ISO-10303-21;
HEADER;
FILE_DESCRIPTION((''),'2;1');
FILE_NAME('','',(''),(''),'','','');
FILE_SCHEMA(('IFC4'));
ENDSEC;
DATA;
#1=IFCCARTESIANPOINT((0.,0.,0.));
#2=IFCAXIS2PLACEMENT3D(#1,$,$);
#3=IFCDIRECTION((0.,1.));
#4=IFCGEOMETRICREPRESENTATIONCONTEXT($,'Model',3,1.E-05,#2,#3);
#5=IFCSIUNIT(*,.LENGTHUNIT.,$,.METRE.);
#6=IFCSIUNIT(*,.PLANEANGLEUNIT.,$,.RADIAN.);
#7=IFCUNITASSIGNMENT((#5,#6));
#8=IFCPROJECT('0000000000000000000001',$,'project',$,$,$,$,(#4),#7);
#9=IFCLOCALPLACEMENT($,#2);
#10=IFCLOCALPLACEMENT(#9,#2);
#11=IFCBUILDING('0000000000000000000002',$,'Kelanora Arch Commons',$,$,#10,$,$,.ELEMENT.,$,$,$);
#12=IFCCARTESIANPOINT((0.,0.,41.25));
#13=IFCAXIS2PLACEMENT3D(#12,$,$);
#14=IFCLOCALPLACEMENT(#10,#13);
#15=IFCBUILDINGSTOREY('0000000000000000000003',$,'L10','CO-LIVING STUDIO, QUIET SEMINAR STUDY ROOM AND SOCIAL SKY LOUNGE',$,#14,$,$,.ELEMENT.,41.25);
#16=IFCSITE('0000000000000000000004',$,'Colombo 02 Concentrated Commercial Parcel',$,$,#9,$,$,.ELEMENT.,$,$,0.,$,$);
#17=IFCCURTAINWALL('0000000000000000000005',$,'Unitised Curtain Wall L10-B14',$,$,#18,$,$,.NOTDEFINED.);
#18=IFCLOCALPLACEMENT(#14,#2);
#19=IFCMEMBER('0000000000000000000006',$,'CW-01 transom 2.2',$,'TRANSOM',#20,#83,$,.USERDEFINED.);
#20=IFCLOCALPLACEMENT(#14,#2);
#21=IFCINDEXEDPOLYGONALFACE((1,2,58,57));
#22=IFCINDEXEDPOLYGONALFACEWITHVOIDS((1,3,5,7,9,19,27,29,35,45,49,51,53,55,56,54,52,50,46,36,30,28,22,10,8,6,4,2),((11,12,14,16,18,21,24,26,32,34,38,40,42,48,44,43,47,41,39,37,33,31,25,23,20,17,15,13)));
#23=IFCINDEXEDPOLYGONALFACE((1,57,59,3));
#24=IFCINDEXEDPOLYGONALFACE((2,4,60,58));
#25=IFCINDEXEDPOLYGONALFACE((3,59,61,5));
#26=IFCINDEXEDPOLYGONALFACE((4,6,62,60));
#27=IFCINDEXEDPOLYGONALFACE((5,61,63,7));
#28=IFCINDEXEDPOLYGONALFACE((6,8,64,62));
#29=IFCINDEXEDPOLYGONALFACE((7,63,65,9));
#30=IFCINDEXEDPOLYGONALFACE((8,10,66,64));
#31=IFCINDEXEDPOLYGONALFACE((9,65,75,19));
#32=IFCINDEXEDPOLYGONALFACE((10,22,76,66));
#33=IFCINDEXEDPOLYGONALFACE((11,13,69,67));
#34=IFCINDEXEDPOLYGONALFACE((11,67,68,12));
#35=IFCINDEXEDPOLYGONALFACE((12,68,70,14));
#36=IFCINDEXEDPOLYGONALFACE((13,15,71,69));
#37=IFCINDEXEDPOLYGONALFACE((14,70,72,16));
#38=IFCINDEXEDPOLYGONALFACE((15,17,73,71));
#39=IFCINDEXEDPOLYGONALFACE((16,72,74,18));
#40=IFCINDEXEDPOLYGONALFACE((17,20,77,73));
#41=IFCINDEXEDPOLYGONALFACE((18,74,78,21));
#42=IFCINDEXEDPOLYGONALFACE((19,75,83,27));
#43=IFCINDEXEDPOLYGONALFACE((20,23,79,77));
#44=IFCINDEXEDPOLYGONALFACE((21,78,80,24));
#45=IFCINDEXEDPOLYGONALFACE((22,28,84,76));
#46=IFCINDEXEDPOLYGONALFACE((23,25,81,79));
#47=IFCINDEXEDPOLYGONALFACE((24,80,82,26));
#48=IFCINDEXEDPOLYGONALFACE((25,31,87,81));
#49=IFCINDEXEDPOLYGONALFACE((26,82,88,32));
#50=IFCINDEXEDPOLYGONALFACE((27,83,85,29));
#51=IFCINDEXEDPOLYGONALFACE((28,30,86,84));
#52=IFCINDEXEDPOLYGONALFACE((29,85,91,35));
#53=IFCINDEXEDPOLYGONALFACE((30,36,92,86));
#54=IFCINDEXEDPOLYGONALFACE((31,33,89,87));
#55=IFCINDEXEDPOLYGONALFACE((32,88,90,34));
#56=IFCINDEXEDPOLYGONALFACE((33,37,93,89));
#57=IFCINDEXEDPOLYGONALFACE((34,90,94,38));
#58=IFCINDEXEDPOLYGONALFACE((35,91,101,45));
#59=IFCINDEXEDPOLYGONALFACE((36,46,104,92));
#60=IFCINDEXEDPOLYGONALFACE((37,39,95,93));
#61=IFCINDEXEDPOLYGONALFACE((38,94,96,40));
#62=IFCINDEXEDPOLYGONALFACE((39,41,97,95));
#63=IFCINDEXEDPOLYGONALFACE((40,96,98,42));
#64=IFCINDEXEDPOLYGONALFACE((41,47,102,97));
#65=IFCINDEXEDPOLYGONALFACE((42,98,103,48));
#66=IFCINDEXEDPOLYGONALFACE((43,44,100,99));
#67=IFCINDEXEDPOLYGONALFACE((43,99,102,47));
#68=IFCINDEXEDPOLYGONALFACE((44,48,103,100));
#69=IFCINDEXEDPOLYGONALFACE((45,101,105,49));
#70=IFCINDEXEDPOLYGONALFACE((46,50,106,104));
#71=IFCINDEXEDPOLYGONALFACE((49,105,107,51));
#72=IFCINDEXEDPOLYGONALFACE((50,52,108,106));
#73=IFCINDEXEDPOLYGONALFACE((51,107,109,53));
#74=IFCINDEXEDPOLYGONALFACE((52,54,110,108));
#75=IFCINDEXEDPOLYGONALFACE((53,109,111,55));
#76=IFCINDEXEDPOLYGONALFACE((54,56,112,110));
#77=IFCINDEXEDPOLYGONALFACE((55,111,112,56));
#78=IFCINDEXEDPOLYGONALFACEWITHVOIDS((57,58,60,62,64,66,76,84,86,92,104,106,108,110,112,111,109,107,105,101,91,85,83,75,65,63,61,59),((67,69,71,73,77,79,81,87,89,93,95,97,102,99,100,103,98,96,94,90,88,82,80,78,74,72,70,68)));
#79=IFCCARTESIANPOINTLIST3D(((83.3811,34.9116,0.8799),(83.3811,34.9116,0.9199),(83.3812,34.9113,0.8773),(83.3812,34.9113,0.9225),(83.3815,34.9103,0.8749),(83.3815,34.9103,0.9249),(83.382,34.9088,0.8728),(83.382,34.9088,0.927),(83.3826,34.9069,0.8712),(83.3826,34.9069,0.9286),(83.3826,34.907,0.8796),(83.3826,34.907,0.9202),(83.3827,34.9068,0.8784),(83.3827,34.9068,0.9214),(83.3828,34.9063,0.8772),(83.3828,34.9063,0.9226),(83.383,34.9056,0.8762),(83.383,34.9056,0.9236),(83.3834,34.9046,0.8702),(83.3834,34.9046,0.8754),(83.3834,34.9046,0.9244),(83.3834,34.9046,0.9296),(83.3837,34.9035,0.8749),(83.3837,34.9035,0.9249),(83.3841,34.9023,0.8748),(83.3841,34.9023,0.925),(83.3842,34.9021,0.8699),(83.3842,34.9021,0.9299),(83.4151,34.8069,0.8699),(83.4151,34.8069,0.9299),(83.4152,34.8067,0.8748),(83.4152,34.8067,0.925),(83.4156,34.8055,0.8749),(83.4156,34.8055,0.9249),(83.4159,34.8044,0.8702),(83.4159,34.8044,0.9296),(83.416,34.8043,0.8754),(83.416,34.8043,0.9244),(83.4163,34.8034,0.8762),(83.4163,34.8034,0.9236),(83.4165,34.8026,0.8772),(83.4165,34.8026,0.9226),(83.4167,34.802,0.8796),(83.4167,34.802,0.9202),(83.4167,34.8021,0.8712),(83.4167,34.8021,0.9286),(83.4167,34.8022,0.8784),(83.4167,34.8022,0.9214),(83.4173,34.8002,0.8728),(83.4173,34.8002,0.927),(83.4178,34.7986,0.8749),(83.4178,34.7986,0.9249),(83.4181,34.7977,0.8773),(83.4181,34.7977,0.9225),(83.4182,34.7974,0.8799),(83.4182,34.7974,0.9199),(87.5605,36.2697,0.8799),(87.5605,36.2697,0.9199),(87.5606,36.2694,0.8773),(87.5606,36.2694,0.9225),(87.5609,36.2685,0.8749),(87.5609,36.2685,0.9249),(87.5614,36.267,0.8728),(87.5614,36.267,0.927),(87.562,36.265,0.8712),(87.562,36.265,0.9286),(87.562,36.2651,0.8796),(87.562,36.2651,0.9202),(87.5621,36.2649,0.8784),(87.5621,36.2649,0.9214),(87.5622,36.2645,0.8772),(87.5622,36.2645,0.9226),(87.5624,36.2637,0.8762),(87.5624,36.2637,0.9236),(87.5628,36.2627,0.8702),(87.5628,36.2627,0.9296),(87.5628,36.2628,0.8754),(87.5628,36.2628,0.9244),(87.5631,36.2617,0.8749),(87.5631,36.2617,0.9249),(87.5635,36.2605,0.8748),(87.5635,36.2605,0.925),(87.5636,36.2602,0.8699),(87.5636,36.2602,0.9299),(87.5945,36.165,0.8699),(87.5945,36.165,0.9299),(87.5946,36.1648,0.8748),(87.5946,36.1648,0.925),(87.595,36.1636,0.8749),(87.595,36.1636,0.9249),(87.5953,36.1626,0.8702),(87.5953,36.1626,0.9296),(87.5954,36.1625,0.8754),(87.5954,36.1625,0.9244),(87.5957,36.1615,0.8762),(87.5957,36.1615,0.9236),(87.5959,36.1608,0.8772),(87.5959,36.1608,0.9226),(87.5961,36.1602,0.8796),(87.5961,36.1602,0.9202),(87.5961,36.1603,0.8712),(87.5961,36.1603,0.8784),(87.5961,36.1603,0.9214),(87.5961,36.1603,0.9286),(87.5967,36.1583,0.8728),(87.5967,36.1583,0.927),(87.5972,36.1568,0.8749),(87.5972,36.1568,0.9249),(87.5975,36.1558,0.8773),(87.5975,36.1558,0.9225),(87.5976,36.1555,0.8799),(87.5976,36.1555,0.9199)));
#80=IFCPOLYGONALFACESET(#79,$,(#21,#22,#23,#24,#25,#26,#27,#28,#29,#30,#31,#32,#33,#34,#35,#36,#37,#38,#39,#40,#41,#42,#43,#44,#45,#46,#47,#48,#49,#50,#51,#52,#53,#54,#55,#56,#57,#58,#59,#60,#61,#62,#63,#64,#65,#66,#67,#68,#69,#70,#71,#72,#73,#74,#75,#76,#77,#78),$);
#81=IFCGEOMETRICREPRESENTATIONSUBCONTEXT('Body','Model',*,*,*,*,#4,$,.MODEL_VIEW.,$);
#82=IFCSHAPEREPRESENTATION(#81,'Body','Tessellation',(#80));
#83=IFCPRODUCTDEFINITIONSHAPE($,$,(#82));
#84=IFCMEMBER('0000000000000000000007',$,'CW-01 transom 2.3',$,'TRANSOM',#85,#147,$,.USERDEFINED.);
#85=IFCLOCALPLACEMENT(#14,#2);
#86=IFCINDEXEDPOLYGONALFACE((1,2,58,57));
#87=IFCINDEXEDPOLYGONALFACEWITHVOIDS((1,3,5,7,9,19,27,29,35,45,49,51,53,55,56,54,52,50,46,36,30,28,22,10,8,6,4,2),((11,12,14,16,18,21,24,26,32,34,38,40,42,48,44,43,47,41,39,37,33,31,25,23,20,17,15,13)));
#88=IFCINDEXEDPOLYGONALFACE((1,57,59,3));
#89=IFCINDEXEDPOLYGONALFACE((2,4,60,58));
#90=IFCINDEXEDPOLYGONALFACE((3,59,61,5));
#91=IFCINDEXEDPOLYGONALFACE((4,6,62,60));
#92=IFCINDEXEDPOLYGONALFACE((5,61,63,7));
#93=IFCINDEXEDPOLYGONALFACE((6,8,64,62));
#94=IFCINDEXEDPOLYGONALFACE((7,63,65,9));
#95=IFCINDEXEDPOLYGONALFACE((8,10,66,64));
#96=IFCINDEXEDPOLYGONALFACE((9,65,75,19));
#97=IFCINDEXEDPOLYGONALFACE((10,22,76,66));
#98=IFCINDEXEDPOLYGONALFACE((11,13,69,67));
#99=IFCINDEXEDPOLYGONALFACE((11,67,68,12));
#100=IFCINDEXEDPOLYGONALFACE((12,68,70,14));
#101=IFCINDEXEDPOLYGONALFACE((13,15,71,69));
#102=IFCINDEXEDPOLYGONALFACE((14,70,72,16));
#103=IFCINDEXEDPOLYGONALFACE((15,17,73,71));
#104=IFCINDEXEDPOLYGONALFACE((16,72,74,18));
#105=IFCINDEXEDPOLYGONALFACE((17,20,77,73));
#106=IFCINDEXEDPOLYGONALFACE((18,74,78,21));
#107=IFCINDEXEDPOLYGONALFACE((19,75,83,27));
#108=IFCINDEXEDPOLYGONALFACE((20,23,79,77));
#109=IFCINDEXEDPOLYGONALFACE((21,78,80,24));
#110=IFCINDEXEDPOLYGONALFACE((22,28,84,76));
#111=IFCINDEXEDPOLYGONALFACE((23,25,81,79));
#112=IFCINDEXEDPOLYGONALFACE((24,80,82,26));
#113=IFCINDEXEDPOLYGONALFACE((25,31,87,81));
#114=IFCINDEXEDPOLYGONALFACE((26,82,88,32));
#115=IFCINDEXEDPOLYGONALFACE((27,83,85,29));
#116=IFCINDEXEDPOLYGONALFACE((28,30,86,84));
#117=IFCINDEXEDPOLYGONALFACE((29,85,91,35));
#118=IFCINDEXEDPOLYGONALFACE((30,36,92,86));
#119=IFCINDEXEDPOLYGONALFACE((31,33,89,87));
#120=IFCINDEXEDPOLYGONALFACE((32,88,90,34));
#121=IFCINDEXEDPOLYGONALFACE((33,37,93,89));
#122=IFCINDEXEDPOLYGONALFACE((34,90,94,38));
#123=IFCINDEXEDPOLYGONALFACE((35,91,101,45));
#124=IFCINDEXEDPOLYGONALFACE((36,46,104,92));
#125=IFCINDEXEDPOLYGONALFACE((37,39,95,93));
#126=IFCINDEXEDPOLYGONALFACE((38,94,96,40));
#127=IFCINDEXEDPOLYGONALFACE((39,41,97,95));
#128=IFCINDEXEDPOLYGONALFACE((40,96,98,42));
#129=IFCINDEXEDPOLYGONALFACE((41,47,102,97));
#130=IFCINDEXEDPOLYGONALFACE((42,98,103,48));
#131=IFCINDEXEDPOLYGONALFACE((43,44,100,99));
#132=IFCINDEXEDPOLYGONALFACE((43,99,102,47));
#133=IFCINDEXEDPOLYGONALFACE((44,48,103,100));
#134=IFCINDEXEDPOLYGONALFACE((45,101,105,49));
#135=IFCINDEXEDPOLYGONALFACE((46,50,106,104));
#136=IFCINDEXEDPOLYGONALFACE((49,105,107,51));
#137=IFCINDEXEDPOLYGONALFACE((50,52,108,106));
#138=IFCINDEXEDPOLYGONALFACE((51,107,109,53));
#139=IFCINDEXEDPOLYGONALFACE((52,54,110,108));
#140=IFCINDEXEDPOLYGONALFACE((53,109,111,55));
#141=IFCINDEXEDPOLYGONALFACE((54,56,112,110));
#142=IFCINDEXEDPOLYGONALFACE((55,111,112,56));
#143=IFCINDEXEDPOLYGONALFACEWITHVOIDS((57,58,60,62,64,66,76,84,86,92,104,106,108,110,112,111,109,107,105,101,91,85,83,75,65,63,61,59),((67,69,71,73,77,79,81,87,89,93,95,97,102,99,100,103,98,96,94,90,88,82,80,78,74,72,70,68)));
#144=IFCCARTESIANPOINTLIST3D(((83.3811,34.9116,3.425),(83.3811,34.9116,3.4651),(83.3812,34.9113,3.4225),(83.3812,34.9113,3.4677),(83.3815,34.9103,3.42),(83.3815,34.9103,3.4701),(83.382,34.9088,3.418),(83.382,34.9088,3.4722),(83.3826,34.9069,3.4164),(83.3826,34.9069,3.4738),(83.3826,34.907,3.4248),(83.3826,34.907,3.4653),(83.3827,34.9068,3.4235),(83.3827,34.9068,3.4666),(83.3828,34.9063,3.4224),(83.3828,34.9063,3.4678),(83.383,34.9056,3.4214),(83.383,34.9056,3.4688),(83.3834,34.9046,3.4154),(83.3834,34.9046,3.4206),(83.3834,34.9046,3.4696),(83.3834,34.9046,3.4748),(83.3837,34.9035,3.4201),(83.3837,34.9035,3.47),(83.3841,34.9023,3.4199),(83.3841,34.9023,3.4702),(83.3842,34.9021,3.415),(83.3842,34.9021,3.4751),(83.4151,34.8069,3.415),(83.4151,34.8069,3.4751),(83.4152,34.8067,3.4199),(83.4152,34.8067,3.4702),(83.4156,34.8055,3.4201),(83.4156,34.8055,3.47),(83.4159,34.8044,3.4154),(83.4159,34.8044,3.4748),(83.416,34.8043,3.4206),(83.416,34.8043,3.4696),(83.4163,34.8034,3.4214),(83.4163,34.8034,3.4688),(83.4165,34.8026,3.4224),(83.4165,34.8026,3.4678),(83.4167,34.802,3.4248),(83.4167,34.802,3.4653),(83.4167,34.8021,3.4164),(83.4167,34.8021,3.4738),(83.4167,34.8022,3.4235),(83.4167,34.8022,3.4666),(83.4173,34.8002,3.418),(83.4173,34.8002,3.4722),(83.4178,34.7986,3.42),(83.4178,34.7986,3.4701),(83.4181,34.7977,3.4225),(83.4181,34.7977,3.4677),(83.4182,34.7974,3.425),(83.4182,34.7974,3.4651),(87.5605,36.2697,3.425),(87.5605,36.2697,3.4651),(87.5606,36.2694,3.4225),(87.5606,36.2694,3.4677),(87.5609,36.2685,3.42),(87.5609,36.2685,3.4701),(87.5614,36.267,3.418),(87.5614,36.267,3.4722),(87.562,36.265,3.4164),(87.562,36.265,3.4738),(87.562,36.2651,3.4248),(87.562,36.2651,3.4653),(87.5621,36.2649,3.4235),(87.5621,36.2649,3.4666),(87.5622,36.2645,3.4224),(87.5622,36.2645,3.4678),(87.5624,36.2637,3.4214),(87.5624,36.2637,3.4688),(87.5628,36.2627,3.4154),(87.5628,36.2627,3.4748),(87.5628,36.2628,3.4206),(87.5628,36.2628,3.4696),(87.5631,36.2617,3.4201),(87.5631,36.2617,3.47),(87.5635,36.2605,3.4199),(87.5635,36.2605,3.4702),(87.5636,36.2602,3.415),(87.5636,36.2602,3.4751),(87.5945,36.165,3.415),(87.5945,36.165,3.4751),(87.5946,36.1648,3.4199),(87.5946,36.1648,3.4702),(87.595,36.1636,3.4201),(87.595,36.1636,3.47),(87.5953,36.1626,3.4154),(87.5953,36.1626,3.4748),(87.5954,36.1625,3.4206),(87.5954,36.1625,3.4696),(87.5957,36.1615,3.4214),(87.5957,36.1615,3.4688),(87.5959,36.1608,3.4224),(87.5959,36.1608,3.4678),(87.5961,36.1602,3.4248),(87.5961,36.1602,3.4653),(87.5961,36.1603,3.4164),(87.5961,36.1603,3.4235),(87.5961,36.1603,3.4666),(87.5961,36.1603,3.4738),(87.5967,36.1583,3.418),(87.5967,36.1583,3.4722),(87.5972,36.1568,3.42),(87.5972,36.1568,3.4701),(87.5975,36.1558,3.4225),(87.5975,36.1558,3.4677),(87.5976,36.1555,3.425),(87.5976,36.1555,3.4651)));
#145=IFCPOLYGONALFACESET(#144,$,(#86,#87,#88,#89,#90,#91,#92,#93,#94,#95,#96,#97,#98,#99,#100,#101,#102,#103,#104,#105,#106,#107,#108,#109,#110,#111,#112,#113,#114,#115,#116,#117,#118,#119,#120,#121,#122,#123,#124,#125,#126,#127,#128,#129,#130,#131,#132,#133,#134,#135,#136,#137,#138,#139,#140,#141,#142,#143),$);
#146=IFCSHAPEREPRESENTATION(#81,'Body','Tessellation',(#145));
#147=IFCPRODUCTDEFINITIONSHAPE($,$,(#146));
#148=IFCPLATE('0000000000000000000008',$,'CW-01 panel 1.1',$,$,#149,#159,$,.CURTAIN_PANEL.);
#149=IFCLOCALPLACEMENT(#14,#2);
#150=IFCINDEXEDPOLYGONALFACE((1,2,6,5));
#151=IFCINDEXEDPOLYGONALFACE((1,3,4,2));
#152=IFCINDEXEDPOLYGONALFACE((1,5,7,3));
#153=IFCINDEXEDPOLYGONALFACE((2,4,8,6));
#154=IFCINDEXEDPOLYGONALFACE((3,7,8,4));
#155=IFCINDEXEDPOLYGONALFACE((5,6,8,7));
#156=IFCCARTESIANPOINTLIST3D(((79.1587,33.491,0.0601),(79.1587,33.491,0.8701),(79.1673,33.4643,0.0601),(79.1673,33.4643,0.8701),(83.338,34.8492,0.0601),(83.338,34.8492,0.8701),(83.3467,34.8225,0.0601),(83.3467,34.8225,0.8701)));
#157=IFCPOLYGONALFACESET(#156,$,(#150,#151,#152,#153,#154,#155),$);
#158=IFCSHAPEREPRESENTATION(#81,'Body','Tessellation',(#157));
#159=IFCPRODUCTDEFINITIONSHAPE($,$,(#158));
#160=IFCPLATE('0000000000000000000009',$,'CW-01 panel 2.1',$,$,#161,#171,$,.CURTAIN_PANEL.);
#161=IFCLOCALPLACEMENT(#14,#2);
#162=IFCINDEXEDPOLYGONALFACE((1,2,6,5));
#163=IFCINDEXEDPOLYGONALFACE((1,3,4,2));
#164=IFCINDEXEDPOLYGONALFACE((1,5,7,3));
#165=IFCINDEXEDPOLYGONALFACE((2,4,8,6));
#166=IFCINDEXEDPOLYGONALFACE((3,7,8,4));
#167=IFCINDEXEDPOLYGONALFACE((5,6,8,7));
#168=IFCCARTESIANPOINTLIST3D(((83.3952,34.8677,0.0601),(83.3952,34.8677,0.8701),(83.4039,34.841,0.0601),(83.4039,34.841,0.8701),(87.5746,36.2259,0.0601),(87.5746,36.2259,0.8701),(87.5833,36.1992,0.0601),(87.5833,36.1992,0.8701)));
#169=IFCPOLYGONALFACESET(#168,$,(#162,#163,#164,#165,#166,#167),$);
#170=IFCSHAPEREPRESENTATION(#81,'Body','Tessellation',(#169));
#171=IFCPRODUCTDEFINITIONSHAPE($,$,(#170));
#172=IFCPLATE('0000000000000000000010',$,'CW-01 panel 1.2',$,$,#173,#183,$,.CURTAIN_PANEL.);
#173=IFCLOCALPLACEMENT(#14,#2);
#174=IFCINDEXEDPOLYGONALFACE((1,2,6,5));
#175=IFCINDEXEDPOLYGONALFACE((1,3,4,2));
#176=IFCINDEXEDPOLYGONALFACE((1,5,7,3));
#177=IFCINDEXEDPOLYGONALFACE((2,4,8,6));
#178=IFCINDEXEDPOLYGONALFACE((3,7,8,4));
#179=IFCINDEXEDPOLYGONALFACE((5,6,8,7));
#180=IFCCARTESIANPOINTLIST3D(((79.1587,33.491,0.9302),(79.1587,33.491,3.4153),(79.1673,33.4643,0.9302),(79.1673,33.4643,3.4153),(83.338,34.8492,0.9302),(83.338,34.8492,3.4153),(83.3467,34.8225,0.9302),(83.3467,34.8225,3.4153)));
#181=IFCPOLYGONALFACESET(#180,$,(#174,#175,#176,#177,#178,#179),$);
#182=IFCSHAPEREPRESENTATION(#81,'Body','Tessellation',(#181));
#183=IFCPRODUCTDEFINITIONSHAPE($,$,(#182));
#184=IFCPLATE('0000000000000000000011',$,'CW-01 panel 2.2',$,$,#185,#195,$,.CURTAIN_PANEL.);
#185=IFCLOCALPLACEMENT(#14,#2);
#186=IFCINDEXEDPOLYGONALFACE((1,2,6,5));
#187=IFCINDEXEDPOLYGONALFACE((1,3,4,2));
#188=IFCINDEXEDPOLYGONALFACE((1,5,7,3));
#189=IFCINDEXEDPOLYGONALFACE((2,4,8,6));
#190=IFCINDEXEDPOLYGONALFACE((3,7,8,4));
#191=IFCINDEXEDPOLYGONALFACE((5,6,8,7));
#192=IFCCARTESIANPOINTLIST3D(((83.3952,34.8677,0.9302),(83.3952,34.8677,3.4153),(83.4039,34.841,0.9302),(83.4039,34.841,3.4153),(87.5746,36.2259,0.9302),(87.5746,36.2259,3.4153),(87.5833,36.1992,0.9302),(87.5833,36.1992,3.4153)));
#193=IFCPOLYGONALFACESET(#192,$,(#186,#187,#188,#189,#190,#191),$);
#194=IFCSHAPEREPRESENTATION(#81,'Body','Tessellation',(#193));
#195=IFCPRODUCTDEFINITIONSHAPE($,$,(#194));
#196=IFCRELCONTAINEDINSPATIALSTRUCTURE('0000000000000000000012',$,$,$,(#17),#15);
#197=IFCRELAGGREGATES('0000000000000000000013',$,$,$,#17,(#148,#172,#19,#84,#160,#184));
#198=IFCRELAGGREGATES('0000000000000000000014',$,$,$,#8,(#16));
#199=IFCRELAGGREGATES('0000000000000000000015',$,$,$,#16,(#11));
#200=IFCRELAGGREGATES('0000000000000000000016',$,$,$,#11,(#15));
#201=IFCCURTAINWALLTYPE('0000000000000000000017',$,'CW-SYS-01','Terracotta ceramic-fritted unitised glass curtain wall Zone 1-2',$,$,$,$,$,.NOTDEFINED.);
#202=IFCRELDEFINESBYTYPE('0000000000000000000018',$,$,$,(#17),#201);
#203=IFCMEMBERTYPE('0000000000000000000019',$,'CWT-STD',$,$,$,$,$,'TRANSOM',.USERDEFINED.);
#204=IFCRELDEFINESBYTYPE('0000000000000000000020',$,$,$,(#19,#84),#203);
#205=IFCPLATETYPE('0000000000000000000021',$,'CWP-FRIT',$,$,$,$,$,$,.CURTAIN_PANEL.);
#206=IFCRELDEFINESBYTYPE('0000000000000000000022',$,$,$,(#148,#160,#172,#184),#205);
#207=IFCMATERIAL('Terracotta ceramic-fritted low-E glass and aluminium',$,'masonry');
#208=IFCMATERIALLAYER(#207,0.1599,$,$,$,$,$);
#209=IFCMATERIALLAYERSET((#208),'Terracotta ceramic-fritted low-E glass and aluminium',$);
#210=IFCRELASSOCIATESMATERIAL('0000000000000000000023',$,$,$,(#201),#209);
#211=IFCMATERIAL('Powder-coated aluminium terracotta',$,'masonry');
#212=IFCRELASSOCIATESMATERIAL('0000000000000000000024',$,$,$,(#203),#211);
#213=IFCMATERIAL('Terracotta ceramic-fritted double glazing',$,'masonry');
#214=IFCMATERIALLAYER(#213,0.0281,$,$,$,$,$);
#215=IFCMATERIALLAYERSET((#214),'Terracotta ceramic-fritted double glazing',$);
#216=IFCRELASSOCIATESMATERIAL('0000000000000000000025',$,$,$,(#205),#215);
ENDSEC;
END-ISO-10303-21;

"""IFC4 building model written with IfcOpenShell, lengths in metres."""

from ifc_helpers import new_model, si_unit, direction, frame, origin, origin_2d, place, context, subcontext, project, spatial, rectangle, hollow_rectangle, extrude, source, transform, mapped, material, layer, layer_set, material_profile, profile_set, type_object, element, aggregate, save


model = new_model("IFC4")

# Units and contexts
model_context = context("Model", 3, precision=1e-05, world=origin(), true_north=direction((0.0, 1.0)))
body_context = subcontext(model_context, "Body", "Model", "MODEL_VIEW")
ifc_project = project(units=[si_unit("LENGTHUNIT", "METRE"), si_unit("PLANEANGLEUNIT", "RADIAN")], contexts=[model_context])

# Site, building, storey
site_placement = place(None, origin())
site = spatial("IfcSite", under=ifc_project, at=site_placement, Name="Colombo 02 Concentrated Commercial Parcel", CompositionType="ELEMENT", RefElevation=0.0)
building_placement = place(site_placement, origin())
building = spatial("IfcBuilding", under=site, at=building_placement, Name="Kelanora Arch Commons", CompositionType="ELEMENT")
storey_placement = place(building_placement, frame((0.0, 0.0, 41.25)))
storey = spatial("IfcBuildingStorey", under=building, at=storey_placement, Name="L10", Description="CO-LIVING STUDIO, QUIET SEMINAR STUDY ROOM AND SOCIAL SKY LOUNGE", CompositionType="ELEMENT", Elevation=41.25)

# Curtain wall, members, plates
ifc_material_1 = material(Name="Terracotta ceramic-fritted low-E glass and aluminium", Category="masonry")
ifc_layer_1 = layer(ifc_material_1, 0.1599)
ifc_layer_set_1 = layer_set([ifc_layer_1], Name="Terracotta ceramic-fritted low-E glass and aluminium")
curtain_wall_type = type_object("IfcCurtainWallType", Name="CW-SYS-01", Description="Terracotta ceramic-fritted unitised glass curtain wall Zone 1-2", PredefinedType="NOTDEFINED", material=ifc_layer_set_1)
curtain_wall_placement = place(storey_placement, origin())
curtain_wall = element("IfcCurtainWall", 1, at=curtain_wall_placement, inside=storey, type_object=curtain_wall_type, Name="Unitised Curtain Wall L10-B14", PredefinedType="NOTDEFINED")
ifc_material_2 = material(Name="Powder-coated aluminium terracotta", Category="masonry")
ifc_material_profile_1 = material_profile(ifc_material_2, hollow_rectangle(XDim=0.1201, YDim=0.0601, WallThickness=0.0049, InnerFilletRadius=0.0049, OuterFilletRadius=0.01, at=origin_2d()), Name="CWT120x60")
ifc_profile_set_1 = profile_set([ifc_material_profile_1], Name="Powder-coated aluminium terracotta")
member_type_1 = type_object("IfcMemberType", Name="CWT-STD", ElementType="TRANSOM", PredefinedType="USERDEFINED", material=ifc_profile_set_1)
member_1_placement = place(storey_placement, frame((83.3997, 34.8545, 0.8999), z_axis=(0.951045, 0.309052, 0.0), x_axis=(-0.309052, 0.951045, 0.0)))
member_1 = element("IfcMember", 2, at=member_1_placement, type_object=member_type_1, Name="CW-01 transom 2.2", ObjectType="TRANSOM", PredefinedType="USERDEFINED", context=body_context, shape_type="SweptSolid", body=[
    extrude(hollow_rectangle(XDim=0.1201, YDim=0.0601, WallThickness=0.0049, InnerFilletRadius=0.0049, OuterFilletRadius=0.01, at=origin_2d()), origin(), (0.0, 0.0, 1.0), 4.3945),
])
member_2_placement = place(storey_placement, frame((83.3997, 34.8545, 3.4451), z_axis=(0.951045, 0.309052, 0.0), x_axis=(-0.309052, 0.951045, 0.0)))
member_2 = element("IfcMember", 3, at=member_2_placement, type_object=member_type_1, Name="CW-01 transom 2.3", ObjectType="TRANSOM", PredefinedType="USERDEFINED", context=body_context, shape_type="SweptSolid", body=[
    extrude(hollow_rectangle(XDim=0.1201, YDim=0.0601, WallThickness=0.0049, InnerFilletRadius=0.0049, OuterFilletRadius=0.01, at=origin_2d()), origin(), (0.0, 0.0, 1.0), 4.3945),
])
ifc_material_3 = material(Name="Terracotta ceramic-fritted double glazing", Category="masonry")
ifc_layer_2 = layer(ifc_material_3, 0.0281)
ifc_layer_set_2 = layer_set([ifc_layer_2], Name="Terracotta ceramic-fritted double glazing")
plate_type = type_object("IfcPlateType", Name="CWP-FRIT", PredefinedType="CURTAIN_PANEL", material=ifc_layer_set_2)
shared_shape_1 = source(origin(), body_context, "Body", "SweptSolid", [
    extrude(rectangle(XDim=4.3945, YDim=0.0281, at=origin_2d()), origin(), (0.0, 0.0, 1.0), 0.8101),
])
plate_1_placement = place(storey_placement, frame((81.2527, 34.1567, 0.0601), z_axis=(0.0, 0.0, 1.0), x_axis=(0.951043, 0.309058, 0.0)))
plate_1 = element("IfcPlate", 4, at=plate_1_placement, type_object=plate_type, Name="CW-01 panel 1.1", PredefinedType="CURTAIN_PANEL", context=body_context, shape_type="MappedRepresentation", body=[
    mapped(shared_shape_1, transform((0.0, 0.0, 0.0), scale=1.0)),
])
plate_2_placement = place(storey_placement, frame((85.4893, 35.5334, 0.0601), z_axis=(0.0, 0.0, 1.0), x_axis=(0.951043, 0.309058, 0.0)))
plate_2 = element("IfcPlate", 5, at=plate_2_placement, type_object=plate_type, Name="CW-01 panel 2.1", PredefinedType="CURTAIN_PANEL", context=body_context, shape_type="MappedRepresentation", body=[
    mapped(shared_shape_1, transform((0.0, 0.0, 0.0), scale=1.0)),
])
shared_shape_2 = source(origin(), body_context, "Body", "SweptSolid", [
    extrude(rectangle(XDim=4.3945, YDim=0.0281, at=origin_2d()), origin(), (0.0, 0.0, 1.0), 2.4851),
])
plate_3_placement = place(storey_placement, frame((81.2527, 34.1567, 0.9302), z_axis=(0.0, 0.0, 1.0), x_axis=(0.951043, 0.309058, 0.0)))
plate_3 = element("IfcPlate", 6, at=plate_3_placement, type_object=plate_type, Name="CW-01 panel 1.2", PredefinedType="CURTAIN_PANEL", context=body_context, shape_type="MappedRepresentation", body=[
    mapped(shared_shape_2, transform((0.0, 0.0, 0.0), scale=1.0)),
])
plate_4_placement = place(storey_placement, frame((85.4893, 35.5334, 0.9302), z_axis=(0.0, 0.0, 1.0), x_axis=(0.951043, 0.309058, 0.0)))
plate_4 = element("IfcPlate", 7, at=plate_4_placement, type_object=plate_type, Name="CW-01 panel 2.2", PredefinedType="CURTAIN_PANEL", context=body_context, shape_type="MappedRepresentation", body=[
    mapped(shared_shape_2, transform((0.0, 0.0, 0.0), scale=1.0)),
])
aggregate(curtain_wall, [plate_1, plate_3, member_1, member_2, plate_2, plate_4])

save(model, "model.ifc")
